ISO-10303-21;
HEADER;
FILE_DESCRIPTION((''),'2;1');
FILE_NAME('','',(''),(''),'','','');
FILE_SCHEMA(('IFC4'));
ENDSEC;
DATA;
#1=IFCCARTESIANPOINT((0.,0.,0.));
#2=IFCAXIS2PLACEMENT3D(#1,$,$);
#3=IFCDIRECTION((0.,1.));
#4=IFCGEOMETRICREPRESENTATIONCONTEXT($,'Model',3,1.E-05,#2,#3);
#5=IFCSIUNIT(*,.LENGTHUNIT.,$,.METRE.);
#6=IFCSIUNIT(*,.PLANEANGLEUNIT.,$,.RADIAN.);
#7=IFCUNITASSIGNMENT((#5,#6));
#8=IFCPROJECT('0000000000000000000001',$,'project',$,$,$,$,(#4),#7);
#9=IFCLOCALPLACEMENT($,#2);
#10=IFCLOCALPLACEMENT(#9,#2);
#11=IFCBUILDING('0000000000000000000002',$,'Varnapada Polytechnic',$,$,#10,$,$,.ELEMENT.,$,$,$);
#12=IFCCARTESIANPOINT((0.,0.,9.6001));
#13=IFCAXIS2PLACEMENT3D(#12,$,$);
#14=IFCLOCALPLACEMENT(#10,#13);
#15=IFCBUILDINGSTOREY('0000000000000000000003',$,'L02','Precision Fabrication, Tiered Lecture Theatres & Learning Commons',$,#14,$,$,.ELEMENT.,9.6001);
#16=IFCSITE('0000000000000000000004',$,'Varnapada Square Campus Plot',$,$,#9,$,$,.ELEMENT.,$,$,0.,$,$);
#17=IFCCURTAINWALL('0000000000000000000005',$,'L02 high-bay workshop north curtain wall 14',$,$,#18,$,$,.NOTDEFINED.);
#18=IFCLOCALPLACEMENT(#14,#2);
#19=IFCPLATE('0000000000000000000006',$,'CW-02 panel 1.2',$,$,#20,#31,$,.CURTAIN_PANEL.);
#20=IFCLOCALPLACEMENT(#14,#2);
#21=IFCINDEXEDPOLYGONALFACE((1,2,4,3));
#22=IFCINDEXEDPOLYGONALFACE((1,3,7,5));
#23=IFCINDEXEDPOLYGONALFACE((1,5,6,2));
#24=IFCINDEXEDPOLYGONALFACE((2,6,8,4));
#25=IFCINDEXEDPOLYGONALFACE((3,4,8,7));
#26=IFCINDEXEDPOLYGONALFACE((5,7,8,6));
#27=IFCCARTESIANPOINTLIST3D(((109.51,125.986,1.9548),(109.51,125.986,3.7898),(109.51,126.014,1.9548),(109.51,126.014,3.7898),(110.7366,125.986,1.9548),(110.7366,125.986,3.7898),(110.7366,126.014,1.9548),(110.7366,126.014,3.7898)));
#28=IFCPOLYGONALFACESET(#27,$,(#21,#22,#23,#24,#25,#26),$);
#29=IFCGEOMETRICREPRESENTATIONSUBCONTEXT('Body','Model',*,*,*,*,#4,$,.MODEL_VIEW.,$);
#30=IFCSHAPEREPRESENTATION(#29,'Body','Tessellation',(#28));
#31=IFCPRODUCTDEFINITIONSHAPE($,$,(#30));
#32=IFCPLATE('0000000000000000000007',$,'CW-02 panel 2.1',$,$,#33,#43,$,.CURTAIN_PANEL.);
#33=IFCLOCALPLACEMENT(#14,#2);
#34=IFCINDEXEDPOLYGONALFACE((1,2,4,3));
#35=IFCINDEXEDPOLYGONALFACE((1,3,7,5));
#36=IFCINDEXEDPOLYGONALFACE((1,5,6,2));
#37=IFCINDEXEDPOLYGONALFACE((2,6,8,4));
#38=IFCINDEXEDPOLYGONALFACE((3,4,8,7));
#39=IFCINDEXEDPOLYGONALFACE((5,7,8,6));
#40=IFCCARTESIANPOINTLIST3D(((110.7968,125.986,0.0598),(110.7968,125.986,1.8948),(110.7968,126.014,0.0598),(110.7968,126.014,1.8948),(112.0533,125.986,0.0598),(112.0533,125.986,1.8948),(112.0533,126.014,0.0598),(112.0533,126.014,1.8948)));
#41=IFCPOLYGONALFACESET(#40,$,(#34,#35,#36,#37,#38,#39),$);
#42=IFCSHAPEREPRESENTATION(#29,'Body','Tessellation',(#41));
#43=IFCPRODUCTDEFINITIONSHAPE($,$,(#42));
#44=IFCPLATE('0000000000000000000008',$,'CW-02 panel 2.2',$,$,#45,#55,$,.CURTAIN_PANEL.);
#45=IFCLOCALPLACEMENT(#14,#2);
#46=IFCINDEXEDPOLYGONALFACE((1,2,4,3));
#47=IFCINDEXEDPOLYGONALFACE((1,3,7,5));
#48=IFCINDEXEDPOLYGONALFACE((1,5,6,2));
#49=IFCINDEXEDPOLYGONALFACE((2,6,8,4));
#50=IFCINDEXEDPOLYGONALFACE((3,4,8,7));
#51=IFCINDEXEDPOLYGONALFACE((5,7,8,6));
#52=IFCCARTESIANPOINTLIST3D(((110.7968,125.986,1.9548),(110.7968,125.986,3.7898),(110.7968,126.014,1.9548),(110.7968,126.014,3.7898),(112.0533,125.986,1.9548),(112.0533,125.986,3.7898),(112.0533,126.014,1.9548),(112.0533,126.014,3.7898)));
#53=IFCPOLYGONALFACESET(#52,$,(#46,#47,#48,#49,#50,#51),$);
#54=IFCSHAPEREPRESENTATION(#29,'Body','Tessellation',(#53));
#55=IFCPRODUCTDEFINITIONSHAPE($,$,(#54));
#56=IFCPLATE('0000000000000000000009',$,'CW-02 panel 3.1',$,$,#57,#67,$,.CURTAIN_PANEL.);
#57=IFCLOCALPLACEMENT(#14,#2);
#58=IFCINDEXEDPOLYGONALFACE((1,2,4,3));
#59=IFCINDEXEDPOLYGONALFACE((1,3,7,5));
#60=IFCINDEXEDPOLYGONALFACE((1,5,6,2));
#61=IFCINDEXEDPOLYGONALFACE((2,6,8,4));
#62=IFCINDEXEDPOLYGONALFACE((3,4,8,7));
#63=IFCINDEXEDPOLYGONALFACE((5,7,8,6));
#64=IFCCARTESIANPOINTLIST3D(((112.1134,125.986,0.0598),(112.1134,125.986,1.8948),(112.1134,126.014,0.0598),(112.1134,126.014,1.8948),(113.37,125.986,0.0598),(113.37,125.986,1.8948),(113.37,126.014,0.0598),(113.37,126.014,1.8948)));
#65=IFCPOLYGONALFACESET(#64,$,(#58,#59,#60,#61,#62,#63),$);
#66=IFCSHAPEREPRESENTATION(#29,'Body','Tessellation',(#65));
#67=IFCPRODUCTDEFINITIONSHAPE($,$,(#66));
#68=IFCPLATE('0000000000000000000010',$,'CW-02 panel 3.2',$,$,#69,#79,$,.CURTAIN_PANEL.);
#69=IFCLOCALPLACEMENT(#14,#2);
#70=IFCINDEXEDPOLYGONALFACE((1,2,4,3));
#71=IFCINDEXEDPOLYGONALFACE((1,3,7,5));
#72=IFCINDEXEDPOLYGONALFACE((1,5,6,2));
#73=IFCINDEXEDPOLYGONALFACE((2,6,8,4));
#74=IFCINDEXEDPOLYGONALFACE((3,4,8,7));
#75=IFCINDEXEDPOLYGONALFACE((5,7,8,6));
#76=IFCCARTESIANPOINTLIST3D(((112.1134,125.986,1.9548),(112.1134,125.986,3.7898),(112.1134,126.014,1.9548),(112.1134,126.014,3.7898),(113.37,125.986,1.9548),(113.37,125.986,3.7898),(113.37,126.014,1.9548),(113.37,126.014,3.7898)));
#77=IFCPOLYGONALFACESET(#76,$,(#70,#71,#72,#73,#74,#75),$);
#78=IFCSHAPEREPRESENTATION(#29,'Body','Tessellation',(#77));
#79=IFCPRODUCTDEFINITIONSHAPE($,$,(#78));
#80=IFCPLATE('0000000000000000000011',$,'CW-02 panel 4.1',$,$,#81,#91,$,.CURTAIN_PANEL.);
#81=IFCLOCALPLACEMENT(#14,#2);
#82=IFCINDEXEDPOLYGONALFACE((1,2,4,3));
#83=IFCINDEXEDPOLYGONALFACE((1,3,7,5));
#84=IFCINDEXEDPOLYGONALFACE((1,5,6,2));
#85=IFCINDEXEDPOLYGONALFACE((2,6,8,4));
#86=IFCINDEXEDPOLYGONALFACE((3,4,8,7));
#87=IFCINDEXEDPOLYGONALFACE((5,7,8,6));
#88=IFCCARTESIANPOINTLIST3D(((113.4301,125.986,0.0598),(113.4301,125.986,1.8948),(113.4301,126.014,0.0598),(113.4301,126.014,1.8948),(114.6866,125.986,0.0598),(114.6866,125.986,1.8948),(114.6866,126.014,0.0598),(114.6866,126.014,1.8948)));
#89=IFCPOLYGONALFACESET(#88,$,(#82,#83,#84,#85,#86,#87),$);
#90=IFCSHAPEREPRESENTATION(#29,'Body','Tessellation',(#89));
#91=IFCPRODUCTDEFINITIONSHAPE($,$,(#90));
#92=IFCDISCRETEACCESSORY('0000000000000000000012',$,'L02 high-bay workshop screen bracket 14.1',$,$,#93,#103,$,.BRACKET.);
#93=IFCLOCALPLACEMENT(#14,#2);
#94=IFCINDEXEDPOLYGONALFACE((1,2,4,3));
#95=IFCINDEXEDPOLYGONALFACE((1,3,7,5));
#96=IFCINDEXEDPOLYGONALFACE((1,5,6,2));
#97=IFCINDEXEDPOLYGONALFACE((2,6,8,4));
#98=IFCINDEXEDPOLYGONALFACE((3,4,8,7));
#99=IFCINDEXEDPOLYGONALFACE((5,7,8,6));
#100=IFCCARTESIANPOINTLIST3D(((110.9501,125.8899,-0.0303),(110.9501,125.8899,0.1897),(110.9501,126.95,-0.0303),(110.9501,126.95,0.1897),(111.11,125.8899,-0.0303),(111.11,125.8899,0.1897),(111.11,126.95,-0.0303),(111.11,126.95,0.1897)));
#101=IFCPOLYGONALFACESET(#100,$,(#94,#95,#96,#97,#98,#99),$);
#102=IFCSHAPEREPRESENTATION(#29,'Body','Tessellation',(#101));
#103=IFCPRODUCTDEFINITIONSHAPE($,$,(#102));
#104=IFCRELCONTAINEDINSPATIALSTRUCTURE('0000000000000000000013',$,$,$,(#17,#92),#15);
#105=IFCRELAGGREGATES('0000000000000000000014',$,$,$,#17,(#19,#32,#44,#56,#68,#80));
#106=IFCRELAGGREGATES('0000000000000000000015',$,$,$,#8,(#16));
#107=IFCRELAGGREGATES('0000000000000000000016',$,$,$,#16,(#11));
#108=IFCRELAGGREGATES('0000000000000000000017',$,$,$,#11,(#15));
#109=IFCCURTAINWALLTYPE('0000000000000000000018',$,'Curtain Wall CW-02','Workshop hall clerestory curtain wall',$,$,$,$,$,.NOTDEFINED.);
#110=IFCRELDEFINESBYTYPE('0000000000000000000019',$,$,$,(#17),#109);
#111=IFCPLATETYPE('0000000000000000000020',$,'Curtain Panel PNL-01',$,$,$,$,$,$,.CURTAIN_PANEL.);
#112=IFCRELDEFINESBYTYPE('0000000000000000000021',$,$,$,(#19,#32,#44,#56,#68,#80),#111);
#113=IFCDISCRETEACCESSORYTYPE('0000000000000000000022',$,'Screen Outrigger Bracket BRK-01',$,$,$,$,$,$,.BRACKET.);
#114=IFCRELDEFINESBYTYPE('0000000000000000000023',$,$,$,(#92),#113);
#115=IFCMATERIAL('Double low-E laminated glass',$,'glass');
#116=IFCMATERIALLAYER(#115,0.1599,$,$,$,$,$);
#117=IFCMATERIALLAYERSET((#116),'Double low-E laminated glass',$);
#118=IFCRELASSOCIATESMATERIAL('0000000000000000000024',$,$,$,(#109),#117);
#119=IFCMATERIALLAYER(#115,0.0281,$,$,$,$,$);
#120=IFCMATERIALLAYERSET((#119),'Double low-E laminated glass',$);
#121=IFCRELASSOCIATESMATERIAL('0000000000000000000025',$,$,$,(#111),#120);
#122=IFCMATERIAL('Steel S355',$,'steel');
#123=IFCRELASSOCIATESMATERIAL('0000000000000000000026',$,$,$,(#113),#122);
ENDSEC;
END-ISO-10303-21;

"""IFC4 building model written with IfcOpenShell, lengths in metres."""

from ifc_helpers import new_model, si_unit, direction, frame, origin, origin_2d, place, context, subcontext, project, spatial, rectangle, extrude, material, layer, layer_set, type_object, element, aggregate, save


model = new_model("IFC4")

# Units and contexts
model_context = context("Model", 3, precision=1e-05, world=origin(), true_north=direction((0.0, 1.0)))
body_context = subcontext(model_context, "Body", "Model", "MODEL_VIEW")
ifc_project = project(units=[si_unit("LENGTHUNIT", "METRE"), si_unit("PLANEANGLEUNIT", "RADIAN")], contexts=[model_context])

# Site, building, storey
site_placement = place(None, origin())
site = spatial("IfcSite", under=ifc_project, at=site_placement, Name="Varnapada Square Campus Plot", CompositionType="ELEMENT", RefElevation=0.0)
building_placement = place(site_placement, origin())
building = spatial("IfcBuilding", under=site, at=building_placement, Name="Varnapada Polytechnic", CompositionType="ELEMENT")
storey_placement = place(building_placement, frame((0.0, 0.0, 9.6001)))
storey = spatial("IfcBuildingStorey", under=building, at=storey_placement, Name="L02", Description="Precision Fabrication, Tiered Lecture Theatres & Learning Commons", CompositionType="ELEMENT", Elevation=9.6001)

# Curtain wall, plates
ifc_material_1 = material(Name="Double low-E laminated glass", Category="glass")
ifc_layer_1 = layer(ifc_material_1, 0.1599)
ifc_layer_set_1 = layer_set([ifc_layer_1], Name="Double low-E laminated glass")
curtain_wall_type = type_object("IfcCurtainWallType", Name="Curtain Wall CW-02", Description="Workshop hall clerestory curtain wall", PredefinedType="NOTDEFINED", material=ifc_layer_set_1)
curtain_wall_placement = place(storey_placement, origin())
curtain_wall = element("IfcCurtainWall", 1, at=curtain_wall_placement, inside=storey, type_object=curtain_wall_type, Name="L02 high-bay workshop north curtain wall 14", PredefinedType="NOTDEFINED")
ifc_layer_2 = layer(ifc_material_1, 0.0281)
ifc_layer_set_2 = layer_set([ifc_layer_2], Name="Double low-E laminated glass")
plate_type = type_object("IfcPlateType", Name="Curtain Panel PNL-01", PredefinedType="CURTAIN_PANEL", material=ifc_layer_set_2)
plate_1_placement = place(storey_placement, frame((110.1233, 126.0, 1.9548), z_axis=(0.0, 0.0, 1.0), x_axis=(1.0, 0.0, 0.0)))
plate_1 = element("IfcPlate", 2, at=plate_1_placement, type_object=plate_type, Name="CW-02 panel 1.2", PredefinedType="CURTAIN_PANEL", context=body_context, shape_type="SweptSolid", body=[
    extrude(rectangle(XDim=1.2266, YDim=0.0281, at=origin_2d()), origin(), (0.0, 0.0, 1.0), 1.835),
])
plate_2_placement = place(storey_placement, frame((111.425, 126.0, 0.0598), z_axis=(0.0, 0.0, 1.0), x_axis=(1.0, 0.0, 0.0)))
plate_2 = element("IfcPlate", 3, at=plate_2_placement, type_object=plate_type, Name="CW-02 panel 2.1", PredefinedType="CURTAIN_PANEL", context=body_context, shape_type="SweptSolid", body=[
    extrude(rectangle(XDim=1.2566, YDim=0.0281, at=origin_2d()), origin(), (0.0, 0.0, 1.0), 1.835),
])
plate_3_placement = place(storey_placement, frame((111.425, 126.0, 1.9548), z_axis=(0.0, 0.0, 1.0), x_axis=(1.0, 0.0, 0.0)))
plate_3 = element("IfcPlate", 4, at=plate_3_placement, type_object=plate_type, Name="CW-02 panel 2.2", PredefinedType="CURTAIN_PANEL", context=body_context, shape_type="SweptSolid", body=[
    extrude(rectangle(XDim=1.2566, YDim=0.0281, at=origin_2d()), origin(), (0.0, 0.0, 1.0), 1.835),
])
plate_4_placement = place(storey_placement, frame((112.7417, 126.0, 0.0598), z_axis=(0.0, 0.0, 1.0), x_axis=(1.0, 0.0, 0.0)))
plate_4 = element("IfcPlate", 5, at=plate_4_placement, type_object=plate_type, Name="CW-02 panel 3.1", PredefinedType="CURTAIN_PANEL", context=body_context, shape_type="SweptSolid", body=[
    extrude(rectangle(XDim=1.2566, YDim=0.0281, at=origin_2d()), origin(), (0.0, 0.0, 1.0), 1.835),
])
plate_5_placement = place(storey_placement, frame((112.7417, 126.0, 1.9548), z_axis=(0.0, 0.0, 1.0), x_axis=(1.0, 0.0, 0.0)))
plate_5 = element("IfcPlate", 6, at=plate_5_placement, type_object=plate_type, Name="CW-02 panel 3.2", PredefinedType="CURTAIN_PANEL", context=body_context, shape_type="SweptSolid", body=[
    extrude(rectangle(XDim=1.2566, YDim=0.0281, at=origin_2d()), origin(), (0.0, 0.0, 1.0), 1.835),
])
plate_6_placement = place(storey_placement, frame((114.0583, 126.0, 0.0598), z_axis=(0.0, 0.0, 1.0), x_axis=(1.0, 0.0, 0.0)))
plate_6 = element("IfcPlate", 7, at=plate_6_placement, type_object=plate_type, Name="CW-02 panel 4.1", PredefinedType="CURTAIN_PANEL", context=body_context, shape_type="SweptSolid", body=[
    extrude(rectangle(XDim=1.2566, YDim=0.0281, at=origin_2d()), origin(), (0.0, 0.0, 1.0), 1.835),
])
aggregate(curtain_wall, [plate_1, plate_2, plate_3, plate_4, plate_5, plate_6])

# Discrete accessory
ifc_material_2 = material(Name="Steel S355", Category="steel")
discrete_accessory_type = type_object("IfcDiscreteAccessoryType", Name="Screen Outrigger Bracket BRK-01", PredefinedType="BRACKET", material=ifc_material_2)
discrete_accessory_placement = place(storey_placement, frame((111.03, 126.4199, -0.0303), z_axis=(0.0, 0.0, 1.0), x_axis=(1.0, 0.0, 0.0)))
element("IfcDiscreteAccessory", 8, at=discrete_accessory_placement, inside=storey, type_object=discrete_accessory_type, Name="L02 high-bay workshop screen bracket 14.1", PredefinedType="BRACKET", context=body_context, shape_type="SweptSolid", body=[
    extrude(rectangle(XDim=0.1599, YDim=1.0601, at=origin_2d()), origin(), (0.0, 0.0, 1.0), 0.22),
])

save(model, "model.ifc")
